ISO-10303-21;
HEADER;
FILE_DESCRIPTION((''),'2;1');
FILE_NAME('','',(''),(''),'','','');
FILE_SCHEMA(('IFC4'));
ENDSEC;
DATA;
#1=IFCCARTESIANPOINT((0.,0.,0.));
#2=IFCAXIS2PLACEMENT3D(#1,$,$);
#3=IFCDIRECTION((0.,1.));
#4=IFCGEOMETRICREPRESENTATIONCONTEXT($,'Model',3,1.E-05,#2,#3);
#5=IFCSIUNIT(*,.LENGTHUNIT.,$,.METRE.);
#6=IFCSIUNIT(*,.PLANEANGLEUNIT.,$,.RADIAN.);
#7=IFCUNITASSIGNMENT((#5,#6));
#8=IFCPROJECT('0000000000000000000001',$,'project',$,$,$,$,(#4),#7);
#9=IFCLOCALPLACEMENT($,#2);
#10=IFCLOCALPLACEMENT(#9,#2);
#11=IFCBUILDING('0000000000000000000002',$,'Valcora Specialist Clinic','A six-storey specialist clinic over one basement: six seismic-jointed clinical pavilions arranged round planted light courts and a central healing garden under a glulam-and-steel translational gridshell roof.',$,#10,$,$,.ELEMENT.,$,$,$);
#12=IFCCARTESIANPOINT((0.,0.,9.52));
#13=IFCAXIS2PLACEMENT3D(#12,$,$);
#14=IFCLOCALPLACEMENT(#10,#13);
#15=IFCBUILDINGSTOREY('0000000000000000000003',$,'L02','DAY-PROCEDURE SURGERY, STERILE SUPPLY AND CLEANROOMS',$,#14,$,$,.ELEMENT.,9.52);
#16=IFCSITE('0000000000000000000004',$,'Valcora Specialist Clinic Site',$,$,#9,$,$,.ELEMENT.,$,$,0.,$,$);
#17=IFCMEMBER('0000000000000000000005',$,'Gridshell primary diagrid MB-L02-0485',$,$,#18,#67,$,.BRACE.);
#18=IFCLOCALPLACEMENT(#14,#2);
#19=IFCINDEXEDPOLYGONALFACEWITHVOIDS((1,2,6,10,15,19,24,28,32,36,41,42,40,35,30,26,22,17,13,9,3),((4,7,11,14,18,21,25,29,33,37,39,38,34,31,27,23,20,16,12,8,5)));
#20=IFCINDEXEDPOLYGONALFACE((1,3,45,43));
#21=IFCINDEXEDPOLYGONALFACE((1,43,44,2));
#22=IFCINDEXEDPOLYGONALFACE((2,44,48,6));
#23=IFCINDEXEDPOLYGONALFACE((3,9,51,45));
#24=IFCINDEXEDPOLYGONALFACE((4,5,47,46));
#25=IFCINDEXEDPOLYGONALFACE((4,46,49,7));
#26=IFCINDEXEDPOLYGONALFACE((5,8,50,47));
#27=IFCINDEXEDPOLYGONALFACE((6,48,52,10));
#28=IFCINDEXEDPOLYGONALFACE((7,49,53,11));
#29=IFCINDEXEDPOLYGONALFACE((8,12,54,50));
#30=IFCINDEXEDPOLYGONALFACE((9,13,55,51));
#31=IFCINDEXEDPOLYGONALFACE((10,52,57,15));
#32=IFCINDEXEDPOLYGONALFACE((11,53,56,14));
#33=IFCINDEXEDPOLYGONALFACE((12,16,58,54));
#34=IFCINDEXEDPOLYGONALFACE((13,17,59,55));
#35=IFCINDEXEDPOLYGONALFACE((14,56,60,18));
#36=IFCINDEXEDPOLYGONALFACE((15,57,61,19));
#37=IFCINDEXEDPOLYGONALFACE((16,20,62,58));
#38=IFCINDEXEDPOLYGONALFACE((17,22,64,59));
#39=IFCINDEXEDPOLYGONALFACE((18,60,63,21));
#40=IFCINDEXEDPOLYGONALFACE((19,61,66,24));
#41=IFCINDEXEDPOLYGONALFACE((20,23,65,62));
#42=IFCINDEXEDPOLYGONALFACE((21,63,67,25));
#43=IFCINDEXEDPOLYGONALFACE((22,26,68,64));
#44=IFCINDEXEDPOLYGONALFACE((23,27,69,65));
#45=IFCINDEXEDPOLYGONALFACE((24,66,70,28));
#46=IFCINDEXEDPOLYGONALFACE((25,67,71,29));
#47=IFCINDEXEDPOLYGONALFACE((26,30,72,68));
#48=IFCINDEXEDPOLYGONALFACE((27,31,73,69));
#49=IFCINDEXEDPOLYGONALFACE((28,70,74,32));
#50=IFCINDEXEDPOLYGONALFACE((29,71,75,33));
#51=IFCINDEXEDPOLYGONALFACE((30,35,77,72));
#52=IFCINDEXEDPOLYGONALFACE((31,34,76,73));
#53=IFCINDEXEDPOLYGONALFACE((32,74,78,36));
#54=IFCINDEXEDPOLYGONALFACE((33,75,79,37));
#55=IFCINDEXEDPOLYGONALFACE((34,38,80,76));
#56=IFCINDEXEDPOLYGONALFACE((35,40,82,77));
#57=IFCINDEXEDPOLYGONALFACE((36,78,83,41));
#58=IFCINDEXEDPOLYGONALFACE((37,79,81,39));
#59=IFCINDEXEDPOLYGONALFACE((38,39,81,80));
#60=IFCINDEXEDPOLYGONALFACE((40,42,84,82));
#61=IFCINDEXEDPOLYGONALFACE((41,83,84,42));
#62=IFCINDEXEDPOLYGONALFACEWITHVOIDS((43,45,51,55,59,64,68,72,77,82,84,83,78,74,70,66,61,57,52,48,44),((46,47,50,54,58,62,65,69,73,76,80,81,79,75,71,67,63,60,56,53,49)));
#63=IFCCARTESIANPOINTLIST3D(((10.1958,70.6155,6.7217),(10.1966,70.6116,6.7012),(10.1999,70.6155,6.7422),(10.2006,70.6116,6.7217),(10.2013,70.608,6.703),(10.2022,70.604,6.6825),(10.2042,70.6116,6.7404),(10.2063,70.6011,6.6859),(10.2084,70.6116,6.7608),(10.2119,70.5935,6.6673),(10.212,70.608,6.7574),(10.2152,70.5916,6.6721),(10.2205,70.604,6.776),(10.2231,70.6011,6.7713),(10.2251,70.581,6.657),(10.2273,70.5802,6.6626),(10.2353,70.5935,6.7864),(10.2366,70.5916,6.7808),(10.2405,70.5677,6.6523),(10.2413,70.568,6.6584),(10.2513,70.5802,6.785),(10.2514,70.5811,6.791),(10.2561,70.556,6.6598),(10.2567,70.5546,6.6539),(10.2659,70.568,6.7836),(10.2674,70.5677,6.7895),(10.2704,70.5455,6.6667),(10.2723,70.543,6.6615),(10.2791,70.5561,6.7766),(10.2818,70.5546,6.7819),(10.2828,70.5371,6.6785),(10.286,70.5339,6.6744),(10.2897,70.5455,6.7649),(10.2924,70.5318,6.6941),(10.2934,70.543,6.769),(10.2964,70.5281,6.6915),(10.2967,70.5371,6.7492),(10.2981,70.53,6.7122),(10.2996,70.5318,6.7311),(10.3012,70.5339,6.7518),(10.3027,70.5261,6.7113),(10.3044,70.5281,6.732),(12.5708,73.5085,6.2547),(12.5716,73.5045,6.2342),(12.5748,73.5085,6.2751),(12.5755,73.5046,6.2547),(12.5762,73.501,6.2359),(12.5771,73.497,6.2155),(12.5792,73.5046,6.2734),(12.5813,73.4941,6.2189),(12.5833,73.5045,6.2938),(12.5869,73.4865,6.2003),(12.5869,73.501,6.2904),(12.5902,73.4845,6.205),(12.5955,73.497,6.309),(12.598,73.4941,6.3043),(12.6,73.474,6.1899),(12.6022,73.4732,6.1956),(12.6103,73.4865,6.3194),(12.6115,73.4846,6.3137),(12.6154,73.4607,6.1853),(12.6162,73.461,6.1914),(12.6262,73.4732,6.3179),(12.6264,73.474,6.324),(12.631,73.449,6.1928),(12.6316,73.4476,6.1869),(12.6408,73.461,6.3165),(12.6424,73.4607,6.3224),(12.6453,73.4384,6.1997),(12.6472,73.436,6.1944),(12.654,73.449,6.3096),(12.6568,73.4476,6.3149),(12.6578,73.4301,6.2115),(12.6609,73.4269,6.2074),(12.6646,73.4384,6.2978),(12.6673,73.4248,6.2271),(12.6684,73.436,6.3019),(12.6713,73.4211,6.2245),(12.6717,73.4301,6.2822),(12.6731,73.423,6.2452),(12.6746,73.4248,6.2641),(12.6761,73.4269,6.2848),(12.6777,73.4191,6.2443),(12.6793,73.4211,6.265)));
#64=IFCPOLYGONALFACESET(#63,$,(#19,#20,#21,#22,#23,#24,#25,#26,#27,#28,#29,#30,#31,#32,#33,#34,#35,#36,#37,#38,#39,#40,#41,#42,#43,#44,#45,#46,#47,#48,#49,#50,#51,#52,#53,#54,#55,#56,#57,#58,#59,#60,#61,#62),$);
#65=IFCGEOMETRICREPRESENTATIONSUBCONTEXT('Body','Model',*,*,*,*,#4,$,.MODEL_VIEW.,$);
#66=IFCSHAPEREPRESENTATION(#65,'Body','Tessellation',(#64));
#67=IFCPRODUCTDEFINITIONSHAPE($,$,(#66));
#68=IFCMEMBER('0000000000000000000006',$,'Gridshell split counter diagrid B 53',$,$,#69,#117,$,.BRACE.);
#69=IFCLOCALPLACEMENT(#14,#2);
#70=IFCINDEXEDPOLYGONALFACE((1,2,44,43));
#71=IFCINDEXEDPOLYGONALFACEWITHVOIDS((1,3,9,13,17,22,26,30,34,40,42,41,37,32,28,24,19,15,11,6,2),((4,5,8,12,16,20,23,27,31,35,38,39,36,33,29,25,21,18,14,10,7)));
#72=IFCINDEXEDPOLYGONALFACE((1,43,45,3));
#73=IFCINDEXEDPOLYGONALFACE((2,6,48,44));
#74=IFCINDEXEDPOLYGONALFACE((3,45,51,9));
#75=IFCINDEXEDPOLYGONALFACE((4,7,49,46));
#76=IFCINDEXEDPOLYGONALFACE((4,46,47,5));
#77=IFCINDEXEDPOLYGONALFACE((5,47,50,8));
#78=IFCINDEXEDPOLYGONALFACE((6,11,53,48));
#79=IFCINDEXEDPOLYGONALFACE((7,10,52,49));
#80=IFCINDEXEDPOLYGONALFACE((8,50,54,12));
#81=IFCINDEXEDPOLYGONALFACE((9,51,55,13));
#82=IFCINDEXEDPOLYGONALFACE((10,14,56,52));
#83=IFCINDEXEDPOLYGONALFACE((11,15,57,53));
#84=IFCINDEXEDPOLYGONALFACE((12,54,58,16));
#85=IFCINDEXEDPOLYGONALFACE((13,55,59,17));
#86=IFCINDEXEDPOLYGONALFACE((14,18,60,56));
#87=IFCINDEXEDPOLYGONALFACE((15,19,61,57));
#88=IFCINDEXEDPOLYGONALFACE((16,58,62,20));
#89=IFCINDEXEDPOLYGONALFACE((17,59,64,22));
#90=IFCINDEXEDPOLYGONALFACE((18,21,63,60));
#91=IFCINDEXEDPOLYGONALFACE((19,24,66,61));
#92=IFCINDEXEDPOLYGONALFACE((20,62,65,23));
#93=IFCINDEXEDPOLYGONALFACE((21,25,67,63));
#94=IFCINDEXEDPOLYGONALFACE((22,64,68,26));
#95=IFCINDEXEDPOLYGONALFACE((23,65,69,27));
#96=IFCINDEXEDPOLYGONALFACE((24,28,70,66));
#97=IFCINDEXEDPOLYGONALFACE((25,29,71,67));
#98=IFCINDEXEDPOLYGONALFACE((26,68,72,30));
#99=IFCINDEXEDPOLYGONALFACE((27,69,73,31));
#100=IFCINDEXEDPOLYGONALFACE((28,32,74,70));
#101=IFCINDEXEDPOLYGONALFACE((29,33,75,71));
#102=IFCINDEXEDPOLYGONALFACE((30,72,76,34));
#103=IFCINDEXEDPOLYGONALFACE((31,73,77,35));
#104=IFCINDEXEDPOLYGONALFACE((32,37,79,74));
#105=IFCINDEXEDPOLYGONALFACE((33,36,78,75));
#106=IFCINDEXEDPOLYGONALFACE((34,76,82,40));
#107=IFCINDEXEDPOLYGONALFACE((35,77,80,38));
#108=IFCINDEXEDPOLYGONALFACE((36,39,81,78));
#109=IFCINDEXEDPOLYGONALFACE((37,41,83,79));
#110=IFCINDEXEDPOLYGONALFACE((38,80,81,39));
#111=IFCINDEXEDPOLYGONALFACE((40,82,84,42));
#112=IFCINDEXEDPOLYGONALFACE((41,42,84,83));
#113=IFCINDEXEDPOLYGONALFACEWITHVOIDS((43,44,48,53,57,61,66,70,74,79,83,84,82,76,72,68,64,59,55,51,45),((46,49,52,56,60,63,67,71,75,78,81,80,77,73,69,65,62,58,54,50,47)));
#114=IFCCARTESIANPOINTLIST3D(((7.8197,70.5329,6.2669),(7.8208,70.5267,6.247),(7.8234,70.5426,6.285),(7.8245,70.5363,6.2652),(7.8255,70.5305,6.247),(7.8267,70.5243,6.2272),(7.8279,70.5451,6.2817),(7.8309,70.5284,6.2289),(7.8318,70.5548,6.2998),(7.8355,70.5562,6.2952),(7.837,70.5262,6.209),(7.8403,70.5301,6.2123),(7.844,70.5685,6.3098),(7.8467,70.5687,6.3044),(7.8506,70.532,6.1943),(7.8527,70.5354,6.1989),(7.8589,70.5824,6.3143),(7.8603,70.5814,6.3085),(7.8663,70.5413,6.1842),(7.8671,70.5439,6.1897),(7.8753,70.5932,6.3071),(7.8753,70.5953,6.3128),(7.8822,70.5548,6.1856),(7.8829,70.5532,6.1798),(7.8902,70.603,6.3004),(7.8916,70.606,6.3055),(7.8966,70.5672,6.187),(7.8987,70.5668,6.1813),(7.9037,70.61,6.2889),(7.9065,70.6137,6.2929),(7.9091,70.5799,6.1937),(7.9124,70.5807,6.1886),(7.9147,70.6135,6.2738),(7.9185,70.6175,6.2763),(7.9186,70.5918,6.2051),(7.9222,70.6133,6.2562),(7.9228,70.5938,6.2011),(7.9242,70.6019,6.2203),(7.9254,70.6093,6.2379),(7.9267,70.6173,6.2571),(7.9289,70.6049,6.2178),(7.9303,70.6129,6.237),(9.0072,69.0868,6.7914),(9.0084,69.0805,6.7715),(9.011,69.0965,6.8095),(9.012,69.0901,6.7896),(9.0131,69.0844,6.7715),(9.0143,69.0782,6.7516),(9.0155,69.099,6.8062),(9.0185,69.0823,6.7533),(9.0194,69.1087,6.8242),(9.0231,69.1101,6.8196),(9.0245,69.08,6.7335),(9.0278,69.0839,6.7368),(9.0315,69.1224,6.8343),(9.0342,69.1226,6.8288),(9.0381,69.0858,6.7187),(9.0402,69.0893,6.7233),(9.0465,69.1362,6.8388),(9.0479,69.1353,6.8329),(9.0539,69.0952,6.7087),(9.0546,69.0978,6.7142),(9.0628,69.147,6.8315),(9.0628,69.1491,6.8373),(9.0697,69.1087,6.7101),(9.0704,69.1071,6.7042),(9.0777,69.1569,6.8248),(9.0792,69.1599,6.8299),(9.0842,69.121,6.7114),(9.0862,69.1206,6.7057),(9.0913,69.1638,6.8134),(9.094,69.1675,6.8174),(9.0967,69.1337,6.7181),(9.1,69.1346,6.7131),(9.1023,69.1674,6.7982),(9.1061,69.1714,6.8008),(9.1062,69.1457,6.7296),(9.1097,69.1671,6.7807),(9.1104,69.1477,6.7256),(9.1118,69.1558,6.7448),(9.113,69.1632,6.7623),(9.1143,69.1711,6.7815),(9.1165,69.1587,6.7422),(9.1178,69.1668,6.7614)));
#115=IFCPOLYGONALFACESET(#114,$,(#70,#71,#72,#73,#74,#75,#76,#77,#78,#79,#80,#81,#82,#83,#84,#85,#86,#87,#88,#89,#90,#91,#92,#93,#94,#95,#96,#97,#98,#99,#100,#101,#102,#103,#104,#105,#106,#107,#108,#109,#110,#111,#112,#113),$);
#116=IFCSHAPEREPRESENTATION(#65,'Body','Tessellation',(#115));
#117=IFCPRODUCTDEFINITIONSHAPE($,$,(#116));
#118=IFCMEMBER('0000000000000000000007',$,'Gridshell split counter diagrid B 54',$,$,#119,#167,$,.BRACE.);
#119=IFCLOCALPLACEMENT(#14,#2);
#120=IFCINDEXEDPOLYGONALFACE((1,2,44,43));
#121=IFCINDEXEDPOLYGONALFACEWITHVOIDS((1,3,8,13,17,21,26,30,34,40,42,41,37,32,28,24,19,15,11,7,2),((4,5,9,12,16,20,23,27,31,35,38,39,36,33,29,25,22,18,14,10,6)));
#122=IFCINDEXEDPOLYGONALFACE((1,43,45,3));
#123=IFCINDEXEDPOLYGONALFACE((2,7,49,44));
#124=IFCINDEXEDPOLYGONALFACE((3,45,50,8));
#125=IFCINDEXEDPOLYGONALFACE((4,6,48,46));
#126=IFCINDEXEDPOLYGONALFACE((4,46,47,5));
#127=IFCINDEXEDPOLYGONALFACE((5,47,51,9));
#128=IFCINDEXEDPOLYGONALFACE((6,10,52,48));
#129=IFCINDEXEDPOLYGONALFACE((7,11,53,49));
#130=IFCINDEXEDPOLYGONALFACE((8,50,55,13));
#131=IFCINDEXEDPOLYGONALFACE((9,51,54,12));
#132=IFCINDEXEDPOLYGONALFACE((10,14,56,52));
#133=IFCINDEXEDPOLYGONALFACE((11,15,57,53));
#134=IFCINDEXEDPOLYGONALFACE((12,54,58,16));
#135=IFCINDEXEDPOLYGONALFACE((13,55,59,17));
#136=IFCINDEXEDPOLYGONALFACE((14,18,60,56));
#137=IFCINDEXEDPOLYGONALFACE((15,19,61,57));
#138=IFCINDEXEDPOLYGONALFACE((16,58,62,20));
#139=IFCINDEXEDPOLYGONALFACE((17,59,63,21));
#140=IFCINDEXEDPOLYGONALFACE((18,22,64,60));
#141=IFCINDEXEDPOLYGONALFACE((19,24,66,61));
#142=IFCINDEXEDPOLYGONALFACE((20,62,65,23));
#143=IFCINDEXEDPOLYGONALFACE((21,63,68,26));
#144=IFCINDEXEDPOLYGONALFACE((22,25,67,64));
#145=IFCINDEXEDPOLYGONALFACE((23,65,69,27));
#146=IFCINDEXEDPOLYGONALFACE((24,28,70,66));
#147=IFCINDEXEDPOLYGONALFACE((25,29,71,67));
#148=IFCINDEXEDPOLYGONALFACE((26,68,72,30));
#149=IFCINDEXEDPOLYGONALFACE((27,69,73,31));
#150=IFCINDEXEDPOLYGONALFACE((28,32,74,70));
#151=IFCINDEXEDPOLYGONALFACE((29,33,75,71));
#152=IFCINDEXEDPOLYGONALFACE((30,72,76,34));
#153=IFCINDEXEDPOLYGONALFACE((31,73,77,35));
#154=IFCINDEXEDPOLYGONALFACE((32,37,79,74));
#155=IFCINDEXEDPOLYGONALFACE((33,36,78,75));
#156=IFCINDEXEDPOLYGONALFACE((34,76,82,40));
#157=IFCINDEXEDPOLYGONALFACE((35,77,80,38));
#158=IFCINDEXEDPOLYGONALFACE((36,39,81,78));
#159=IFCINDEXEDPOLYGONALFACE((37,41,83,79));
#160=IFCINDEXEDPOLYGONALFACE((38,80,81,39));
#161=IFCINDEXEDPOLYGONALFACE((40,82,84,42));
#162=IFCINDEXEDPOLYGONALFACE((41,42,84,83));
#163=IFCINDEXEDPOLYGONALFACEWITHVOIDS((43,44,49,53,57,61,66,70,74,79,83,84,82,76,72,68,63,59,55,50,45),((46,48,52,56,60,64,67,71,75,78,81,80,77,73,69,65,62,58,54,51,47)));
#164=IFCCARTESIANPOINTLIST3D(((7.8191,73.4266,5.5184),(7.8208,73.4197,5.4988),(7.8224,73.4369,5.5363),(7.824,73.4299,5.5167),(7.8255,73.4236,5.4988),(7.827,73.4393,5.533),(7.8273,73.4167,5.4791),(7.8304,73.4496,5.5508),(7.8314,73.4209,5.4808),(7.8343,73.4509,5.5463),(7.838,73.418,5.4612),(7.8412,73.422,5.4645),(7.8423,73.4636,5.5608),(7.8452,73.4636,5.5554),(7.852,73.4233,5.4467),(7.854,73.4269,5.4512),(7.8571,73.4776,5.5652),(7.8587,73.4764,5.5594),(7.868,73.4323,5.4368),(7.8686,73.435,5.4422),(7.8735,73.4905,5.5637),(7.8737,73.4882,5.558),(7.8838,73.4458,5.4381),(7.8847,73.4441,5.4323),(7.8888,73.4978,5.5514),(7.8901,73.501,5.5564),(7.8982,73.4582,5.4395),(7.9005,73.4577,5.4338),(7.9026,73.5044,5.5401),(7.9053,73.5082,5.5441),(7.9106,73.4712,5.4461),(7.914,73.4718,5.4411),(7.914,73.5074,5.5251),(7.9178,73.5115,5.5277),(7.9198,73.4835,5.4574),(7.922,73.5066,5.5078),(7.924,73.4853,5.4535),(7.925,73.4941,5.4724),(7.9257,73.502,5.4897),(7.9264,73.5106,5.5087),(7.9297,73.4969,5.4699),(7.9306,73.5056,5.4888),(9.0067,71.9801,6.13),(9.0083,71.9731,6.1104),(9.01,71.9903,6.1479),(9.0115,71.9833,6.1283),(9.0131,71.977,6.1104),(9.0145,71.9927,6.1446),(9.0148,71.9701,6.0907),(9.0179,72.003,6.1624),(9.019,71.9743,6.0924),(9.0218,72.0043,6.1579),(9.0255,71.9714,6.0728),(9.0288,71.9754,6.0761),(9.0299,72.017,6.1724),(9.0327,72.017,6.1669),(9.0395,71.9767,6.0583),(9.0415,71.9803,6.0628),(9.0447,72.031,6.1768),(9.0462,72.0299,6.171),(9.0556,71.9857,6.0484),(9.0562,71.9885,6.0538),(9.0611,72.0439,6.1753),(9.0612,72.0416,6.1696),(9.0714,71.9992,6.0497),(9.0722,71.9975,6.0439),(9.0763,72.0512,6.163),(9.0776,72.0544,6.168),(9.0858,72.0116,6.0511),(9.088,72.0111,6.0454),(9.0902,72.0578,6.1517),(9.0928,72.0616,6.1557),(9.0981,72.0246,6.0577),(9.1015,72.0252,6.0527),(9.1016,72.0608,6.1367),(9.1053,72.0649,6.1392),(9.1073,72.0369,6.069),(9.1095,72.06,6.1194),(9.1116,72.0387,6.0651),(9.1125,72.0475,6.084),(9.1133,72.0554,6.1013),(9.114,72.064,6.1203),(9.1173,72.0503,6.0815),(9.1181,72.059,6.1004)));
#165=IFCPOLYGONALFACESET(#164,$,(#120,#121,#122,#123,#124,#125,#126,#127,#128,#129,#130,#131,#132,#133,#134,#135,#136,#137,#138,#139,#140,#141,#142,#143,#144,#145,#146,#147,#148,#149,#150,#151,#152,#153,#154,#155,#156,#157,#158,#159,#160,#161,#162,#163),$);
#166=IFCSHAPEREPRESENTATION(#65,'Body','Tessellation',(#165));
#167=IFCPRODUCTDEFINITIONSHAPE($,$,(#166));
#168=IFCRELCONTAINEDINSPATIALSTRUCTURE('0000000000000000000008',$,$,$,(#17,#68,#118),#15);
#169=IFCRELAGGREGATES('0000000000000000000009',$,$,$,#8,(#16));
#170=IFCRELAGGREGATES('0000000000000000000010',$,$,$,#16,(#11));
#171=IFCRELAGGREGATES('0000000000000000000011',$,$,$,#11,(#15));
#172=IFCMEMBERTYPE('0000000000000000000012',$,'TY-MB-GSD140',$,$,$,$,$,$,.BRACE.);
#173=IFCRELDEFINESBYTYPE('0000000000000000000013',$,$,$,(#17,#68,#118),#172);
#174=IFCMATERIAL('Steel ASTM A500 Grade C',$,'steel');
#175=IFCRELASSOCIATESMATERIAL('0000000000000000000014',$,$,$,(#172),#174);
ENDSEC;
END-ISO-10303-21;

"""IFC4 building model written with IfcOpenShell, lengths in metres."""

from ifc_helpers import new_model, si_unit, direction, frame, origin, origin_2d, place, context, subcontext, project, spatial, hollow_circle, extrude, material, material_profile, profile_set, type_object, element, save


model = new_model("IFC4")

# Units and contexts
model_context = context("Model", 3, precision=1e-05, world=origin(), true_north=direction((0.0, 1.0)))
body_context = subcontext(model_context, "Body", "Model", "MODEL_VIEW")
ifc_project = project(units=[si_unit("LENGTHUNIT", "METRE"), si_unit("PLANEANGLEUNIT", "RADIAN")], contexts=[model_context])

# Site, building, storey
site_placement = place(None, origin())
site = spatial("IfcSite", under=ifc_project, at=site_placement, Name="Valcora Specialist Clinic Site", CompositionType="ELEMENT", RefElevation=0.0)
building_placement = place(site_placement, origin())
building = spatial("IfcBuilding", under=site, at=building_placement, Name="Valcora Specialist Clinic", Description="A six-storey specialist clinic over one basement: six seismic-jointed clinical pavilions arranged round planted light courts and a central healing garden under a glulam-and-steel translational gridshell roof.", CompositionType="ELEMENT")
storey_placement = place(building_placement, frame((0.0, 0.0, 9.52)))
storey = spatial("IfcBuildingStorey", under=building, at=storey_placement, Name="L02", Description="DAY-PROCEDURE SURGERY, STERILE SUPPLY AND CLEANROOMS", CompositionType="ELEMENT", Elevation=9.52)

# Members
ifc_material_1 = material(Name="Steel ASTM A500 Grade C", Category="steel")
ifc_material_profile_1 = material_profile(ifc_material_1, hollow_circle(Radius=0.0701, WallThickness=0.0061, at=origin_2d()), Name="ST-CHS-140X6")
ifc_profile_set_1 = profile_set([ifc_material_profile_1], Name="Steel ASTM A500 Grade C")
member_type_1 = type_object("IfcMemberType", Name="TY-MB-GSD140", PredefinedType="BRACE", material=ifc_profile_set_1)
member_1_placement = place(storey_placement, frame((10.25, 70.571, 6.7217), z_axis=(0.629626, 0.766969, -0.123815), x_axis=(-0.772916, 0.634508, 0.0)))
element("IfcMember", 1, at=member_1_placement, inside=storey, type_object=member_type_1, Name="Gridshell primary diagrid MB-L02-0485", PredefinedType="BRACE", context=body_context, shape_type="SweptSolid", body=[
    extrude(hollow_circle(Radius=0.0701, WallThickness=0.0061, at=origin_2d()), origin(), (0.0, 0.0, 1.0), 3.772),
])
member_2_placement = place(storey_placement, frame((9.0625, 69.125, 6.7715), z_axis=(-0.61109, 0.744138, -0.269865), x_axis=(-0.772811, -0.634636, 0.0)))
element("IfcMember", 2, at=member_2_placement, inside=storey, type_object=member_type_1, Name="Gridshell split counter diagrid B 53", PredefinedType="BRACE", context=body_context, shape_type="SweptSolid", body=[
    extrude(hollow_circle(Radius=0.0701, WallThickness=0.0061, at=origin_2d()), origin(), (0.0, 0.0, 1.0), 1.9434),
])
member_3_placement = place(storey_placement, frame((9.0625, 72.0176, 6.1104), z_axis=(-0.603123, 0.734685, -0.310613), x_axis=(-0.772916, -0.634508, 0.0)))
element("IfcMember", 3, at=member_3_placement, inside=storey, type_object=member_type_1, Name="Gridshell split counter diagrid B 54", PredefinedType="BRACE", context=body_context, shape_type="SweptSolid", body=[
    extrude(hollow_circle(Radius=0.0701, WallThickness=0.0061, at=origin_2d()), origin(), (0.0, 0.0, 1.0), 1.969),
])

save(model, "model.ifc")
